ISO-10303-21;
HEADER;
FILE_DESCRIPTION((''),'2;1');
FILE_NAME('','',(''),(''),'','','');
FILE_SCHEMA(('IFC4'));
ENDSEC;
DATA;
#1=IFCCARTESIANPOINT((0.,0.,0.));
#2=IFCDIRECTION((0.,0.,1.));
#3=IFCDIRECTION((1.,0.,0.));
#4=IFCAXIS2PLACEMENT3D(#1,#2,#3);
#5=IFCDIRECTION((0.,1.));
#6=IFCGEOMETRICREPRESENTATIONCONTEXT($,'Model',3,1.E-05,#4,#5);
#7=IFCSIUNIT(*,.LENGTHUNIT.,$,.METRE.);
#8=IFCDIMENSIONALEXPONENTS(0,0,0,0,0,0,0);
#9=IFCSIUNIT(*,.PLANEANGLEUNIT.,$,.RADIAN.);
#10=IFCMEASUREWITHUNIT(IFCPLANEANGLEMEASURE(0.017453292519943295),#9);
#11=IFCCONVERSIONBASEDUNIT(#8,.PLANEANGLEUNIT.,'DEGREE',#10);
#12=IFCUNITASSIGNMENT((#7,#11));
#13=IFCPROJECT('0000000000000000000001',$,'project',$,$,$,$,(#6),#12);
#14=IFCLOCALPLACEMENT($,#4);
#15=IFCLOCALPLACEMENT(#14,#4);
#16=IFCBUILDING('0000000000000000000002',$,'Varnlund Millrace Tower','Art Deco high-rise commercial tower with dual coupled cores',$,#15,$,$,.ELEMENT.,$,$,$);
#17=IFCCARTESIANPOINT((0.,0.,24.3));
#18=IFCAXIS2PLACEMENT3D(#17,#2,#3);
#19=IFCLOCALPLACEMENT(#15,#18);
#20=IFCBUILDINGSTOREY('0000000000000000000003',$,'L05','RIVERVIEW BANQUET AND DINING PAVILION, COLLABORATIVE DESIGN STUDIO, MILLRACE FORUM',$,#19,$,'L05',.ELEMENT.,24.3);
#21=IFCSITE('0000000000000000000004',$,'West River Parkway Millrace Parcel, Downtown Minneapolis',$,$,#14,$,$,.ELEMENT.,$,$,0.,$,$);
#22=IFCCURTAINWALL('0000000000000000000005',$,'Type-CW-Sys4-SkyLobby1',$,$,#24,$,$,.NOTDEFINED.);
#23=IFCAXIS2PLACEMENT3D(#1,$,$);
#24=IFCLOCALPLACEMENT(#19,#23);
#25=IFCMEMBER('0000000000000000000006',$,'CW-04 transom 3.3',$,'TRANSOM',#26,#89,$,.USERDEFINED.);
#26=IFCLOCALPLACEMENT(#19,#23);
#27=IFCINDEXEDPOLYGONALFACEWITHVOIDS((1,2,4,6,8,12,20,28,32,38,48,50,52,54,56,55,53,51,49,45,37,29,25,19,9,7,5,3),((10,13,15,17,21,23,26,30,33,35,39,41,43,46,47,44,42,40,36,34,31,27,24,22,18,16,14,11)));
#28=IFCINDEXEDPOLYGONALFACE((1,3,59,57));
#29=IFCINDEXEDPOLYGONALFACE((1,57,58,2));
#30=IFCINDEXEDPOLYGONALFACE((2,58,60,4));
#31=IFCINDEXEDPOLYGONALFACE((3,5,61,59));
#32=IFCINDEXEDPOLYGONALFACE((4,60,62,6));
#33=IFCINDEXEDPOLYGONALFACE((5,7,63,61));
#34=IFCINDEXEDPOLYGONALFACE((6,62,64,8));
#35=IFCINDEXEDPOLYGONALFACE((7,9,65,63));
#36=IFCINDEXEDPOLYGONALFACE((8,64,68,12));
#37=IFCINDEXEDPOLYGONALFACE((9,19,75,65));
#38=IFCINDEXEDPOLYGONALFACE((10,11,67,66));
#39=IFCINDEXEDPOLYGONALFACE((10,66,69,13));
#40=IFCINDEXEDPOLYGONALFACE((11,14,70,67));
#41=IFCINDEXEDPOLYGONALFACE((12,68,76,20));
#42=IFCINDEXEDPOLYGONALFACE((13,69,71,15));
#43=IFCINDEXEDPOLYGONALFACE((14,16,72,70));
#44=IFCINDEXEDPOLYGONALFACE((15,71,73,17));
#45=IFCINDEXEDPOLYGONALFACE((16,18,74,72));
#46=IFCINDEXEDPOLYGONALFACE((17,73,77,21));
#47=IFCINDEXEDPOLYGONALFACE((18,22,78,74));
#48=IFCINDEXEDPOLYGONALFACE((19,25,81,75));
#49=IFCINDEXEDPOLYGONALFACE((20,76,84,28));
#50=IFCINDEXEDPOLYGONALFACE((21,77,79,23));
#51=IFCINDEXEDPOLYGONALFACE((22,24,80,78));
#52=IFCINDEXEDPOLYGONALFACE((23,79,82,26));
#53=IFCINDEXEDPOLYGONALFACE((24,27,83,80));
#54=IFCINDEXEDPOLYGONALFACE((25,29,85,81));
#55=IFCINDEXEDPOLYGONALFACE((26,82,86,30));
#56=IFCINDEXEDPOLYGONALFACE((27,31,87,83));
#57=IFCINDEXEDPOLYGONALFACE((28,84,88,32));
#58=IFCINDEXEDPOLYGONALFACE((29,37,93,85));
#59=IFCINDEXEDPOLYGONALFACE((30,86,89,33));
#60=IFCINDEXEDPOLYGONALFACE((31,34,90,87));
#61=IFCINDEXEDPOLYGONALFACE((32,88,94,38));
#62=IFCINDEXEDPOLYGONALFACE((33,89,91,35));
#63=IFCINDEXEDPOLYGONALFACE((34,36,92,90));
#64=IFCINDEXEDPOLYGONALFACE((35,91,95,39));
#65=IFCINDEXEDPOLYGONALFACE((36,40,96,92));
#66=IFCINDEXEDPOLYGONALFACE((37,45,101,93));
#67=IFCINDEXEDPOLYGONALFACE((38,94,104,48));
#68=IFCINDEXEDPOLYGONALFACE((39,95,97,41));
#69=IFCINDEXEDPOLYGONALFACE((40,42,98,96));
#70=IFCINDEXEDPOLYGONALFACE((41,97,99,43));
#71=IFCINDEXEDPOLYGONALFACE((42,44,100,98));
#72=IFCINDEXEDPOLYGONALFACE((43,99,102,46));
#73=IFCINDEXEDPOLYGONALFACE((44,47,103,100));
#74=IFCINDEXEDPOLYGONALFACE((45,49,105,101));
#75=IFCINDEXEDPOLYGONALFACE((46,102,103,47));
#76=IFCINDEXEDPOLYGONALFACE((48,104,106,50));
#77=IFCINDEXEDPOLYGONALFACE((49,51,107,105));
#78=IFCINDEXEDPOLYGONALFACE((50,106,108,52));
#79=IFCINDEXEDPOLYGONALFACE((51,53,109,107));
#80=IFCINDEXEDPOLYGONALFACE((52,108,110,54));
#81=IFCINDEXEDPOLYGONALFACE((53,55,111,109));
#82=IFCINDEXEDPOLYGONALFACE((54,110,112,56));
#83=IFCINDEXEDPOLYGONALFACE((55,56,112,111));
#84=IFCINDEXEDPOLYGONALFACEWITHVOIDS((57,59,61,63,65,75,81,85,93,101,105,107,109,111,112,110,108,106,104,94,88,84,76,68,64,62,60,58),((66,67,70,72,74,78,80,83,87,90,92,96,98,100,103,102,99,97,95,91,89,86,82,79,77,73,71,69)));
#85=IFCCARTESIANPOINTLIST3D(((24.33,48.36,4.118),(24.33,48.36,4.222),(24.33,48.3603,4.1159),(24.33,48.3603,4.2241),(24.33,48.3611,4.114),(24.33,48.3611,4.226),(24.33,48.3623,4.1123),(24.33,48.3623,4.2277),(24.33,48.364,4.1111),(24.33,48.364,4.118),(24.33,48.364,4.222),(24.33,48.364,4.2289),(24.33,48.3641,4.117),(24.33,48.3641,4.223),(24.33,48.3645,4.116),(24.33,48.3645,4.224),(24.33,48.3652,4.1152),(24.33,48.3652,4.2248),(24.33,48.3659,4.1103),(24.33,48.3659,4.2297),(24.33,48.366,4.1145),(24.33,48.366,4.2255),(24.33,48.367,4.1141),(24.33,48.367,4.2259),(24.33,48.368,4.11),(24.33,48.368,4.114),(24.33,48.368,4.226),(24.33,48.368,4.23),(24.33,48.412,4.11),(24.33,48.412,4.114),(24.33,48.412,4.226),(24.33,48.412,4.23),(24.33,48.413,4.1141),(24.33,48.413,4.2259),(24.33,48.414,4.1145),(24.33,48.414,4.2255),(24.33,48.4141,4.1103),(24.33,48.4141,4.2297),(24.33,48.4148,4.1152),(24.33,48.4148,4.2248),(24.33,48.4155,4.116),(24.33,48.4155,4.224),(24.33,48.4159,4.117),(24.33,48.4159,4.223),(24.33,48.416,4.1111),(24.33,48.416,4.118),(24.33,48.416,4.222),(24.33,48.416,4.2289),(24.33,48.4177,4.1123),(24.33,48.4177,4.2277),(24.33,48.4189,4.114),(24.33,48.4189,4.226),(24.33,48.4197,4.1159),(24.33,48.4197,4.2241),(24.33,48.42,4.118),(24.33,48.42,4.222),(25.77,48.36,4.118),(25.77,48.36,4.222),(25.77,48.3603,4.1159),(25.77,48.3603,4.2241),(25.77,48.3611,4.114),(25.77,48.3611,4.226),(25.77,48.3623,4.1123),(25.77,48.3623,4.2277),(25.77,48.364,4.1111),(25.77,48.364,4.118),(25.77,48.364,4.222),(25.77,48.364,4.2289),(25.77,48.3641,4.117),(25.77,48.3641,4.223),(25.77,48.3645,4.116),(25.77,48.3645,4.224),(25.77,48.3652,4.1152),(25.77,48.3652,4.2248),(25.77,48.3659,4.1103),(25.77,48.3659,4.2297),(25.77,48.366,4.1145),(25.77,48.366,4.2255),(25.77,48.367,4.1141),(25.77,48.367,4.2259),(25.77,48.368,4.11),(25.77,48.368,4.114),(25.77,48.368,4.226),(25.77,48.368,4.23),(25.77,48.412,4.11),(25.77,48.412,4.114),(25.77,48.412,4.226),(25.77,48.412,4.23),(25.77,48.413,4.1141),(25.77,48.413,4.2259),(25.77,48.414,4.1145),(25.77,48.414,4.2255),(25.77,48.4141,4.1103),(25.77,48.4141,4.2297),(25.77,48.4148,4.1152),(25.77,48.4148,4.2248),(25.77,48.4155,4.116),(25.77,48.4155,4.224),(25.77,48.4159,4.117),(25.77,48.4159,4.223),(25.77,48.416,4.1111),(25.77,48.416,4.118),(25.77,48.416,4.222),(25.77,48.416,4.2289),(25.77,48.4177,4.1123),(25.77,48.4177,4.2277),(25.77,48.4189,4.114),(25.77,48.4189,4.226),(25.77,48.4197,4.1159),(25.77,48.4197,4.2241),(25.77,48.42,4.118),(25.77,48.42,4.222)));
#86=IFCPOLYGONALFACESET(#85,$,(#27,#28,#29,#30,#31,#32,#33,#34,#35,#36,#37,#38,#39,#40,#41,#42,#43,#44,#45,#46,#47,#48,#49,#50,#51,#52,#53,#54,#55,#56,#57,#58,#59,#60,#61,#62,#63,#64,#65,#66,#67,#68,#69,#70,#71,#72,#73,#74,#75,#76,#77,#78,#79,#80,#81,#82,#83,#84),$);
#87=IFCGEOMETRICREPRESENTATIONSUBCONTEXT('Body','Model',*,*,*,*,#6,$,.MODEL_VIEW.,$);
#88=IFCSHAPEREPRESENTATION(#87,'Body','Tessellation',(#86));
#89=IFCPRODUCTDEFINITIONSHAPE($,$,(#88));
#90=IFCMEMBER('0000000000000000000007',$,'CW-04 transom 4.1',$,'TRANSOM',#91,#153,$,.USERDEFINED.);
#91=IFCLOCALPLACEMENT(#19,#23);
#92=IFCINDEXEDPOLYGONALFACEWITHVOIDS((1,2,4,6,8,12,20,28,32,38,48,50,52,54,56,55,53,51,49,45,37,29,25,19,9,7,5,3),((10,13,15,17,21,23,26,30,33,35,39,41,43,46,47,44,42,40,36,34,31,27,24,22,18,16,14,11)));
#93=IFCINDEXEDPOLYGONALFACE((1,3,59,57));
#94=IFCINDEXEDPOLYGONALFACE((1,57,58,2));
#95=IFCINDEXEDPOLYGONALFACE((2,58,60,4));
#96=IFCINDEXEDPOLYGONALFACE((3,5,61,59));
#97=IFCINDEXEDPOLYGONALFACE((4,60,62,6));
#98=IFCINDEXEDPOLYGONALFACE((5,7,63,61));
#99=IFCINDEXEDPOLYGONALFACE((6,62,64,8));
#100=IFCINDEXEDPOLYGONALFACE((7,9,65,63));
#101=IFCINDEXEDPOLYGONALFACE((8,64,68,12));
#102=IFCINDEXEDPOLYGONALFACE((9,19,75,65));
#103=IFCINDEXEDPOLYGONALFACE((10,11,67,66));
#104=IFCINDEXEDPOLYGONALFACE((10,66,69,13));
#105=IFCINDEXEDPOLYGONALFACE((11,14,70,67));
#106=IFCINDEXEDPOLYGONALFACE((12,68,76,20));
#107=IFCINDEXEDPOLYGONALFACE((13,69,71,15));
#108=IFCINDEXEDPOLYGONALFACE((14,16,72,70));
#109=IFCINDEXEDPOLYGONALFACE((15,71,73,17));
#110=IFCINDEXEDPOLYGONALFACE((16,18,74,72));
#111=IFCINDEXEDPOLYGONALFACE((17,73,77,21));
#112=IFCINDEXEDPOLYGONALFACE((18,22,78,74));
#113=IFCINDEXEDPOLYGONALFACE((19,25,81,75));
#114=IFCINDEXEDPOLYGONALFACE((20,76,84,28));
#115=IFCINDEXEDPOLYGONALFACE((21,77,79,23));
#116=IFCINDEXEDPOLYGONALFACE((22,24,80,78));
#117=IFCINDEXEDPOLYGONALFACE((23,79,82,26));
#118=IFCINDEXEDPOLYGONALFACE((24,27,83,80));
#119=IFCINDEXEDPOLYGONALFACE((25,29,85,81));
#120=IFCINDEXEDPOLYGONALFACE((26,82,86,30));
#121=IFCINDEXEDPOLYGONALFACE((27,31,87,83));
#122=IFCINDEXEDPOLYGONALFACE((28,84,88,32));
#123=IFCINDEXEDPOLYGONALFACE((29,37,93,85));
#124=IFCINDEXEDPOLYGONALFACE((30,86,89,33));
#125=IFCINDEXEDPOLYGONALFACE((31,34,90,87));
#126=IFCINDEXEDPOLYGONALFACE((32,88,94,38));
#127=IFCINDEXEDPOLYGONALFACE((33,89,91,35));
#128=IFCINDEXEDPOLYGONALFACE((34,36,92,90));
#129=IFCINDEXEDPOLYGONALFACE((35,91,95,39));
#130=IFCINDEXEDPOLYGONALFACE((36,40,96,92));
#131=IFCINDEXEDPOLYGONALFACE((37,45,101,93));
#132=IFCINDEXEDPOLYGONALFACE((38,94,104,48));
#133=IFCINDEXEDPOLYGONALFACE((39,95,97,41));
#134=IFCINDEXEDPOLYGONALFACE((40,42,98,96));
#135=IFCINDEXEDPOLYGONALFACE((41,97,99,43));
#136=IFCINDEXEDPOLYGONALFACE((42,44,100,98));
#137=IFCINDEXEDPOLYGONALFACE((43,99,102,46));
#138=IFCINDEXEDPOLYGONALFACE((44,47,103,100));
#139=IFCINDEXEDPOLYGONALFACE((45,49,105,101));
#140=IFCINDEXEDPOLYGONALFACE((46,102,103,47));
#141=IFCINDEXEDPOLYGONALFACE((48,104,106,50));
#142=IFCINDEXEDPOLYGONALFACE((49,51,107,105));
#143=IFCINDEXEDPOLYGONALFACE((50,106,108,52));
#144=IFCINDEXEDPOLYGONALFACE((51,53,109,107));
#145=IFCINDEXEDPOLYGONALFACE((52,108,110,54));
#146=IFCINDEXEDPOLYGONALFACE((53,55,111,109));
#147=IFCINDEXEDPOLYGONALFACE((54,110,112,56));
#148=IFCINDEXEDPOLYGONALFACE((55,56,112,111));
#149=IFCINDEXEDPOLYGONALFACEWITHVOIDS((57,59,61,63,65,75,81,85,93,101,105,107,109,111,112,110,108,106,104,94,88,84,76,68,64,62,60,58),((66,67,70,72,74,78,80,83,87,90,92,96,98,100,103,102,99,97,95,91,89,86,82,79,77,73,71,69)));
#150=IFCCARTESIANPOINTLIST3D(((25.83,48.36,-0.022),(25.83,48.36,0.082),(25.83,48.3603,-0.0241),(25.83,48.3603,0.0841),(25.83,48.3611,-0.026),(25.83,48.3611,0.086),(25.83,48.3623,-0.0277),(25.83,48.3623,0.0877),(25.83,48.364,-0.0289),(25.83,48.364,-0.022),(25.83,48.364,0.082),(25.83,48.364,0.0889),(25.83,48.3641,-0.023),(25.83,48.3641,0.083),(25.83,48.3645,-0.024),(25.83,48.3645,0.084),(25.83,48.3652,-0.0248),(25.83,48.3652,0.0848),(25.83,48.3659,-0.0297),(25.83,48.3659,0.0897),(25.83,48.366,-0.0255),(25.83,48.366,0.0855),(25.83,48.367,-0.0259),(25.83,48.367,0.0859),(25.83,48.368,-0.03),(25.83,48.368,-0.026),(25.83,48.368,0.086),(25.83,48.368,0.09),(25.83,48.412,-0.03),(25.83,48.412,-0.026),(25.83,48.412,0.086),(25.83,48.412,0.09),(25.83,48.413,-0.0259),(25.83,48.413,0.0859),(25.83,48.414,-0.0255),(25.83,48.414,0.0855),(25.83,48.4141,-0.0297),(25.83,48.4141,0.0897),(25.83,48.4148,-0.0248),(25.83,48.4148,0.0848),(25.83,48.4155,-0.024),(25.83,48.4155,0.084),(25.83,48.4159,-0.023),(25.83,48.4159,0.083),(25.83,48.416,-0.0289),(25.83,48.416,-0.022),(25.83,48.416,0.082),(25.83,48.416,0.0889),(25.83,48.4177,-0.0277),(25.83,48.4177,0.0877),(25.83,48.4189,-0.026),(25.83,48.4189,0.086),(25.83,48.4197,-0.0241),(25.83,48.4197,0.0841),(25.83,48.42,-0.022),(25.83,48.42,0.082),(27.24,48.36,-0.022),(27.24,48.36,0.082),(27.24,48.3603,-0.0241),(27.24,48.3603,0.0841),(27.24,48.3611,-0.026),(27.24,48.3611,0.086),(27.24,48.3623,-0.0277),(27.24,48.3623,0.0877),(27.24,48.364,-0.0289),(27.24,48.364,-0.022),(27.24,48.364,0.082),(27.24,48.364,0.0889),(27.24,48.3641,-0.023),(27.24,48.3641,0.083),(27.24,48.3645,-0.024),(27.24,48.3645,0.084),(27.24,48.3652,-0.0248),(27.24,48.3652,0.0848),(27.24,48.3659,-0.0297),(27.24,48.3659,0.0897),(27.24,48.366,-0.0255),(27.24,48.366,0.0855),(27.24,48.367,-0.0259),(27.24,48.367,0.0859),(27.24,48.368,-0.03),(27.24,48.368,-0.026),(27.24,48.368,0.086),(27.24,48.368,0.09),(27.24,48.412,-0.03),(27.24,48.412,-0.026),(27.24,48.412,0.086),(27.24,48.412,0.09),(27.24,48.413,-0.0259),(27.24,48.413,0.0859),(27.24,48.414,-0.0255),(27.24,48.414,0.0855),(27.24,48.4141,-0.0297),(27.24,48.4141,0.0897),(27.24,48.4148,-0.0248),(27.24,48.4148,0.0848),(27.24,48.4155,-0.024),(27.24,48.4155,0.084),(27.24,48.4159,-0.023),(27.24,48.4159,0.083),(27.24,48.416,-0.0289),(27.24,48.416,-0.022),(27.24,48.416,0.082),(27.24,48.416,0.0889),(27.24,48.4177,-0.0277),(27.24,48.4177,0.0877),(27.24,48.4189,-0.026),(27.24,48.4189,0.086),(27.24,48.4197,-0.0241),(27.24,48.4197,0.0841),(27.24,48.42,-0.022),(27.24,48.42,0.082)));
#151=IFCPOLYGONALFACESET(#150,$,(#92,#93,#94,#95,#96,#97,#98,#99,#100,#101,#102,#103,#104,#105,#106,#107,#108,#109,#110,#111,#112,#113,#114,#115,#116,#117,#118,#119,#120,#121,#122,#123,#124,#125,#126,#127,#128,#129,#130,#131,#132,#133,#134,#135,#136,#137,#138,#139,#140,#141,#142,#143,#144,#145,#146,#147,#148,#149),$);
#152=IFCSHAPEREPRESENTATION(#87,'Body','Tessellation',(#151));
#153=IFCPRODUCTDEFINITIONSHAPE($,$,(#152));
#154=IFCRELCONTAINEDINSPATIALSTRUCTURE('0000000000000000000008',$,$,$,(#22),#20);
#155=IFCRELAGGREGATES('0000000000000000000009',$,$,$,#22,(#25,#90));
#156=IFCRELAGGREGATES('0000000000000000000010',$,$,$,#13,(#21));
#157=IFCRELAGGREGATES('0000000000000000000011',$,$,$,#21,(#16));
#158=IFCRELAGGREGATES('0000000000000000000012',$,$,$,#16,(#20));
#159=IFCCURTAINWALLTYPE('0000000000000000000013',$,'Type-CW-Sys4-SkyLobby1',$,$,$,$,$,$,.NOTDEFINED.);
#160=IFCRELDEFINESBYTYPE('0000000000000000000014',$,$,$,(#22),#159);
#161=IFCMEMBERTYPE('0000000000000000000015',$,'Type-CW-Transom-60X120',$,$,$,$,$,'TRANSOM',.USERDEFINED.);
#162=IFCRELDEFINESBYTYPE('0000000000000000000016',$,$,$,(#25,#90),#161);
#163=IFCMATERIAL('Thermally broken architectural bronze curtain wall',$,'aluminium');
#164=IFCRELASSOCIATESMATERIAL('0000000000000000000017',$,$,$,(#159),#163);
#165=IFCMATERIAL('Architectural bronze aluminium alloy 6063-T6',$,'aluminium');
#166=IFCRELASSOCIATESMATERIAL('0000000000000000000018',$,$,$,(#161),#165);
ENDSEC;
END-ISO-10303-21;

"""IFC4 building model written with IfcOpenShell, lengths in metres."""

from ifc_helpers import new_model, entity, si_unit, converted_unit, direction, frame, origin_with_axes, origin_2d_with_axis, place, context, subcontext, project, spatial, hollow_rectangle, extrude, material, material_profile, profile_set, type_object, element, aggregate, save


model = new_model("IFC4")

# Units and contexts
model_context = context("Model", 3, precision=1e-05, world=origin_with_axes(), true_north=direction((0.0, 1.0)))
body_context = subcontext(model_context, "Body", "Model", "MODEL_VIEW")
ifc_project = project(units=[si_unit("LENGTHUNIT", "METRE"), converted_unit("PLANEANGLEUNIT", "DEGREE", entity("IfcPlaneAngleMeasure", 0.017453292519943295), si_unit("PLANEANGLEUNIT", "RADIAN"), dimensions=[0, 0, 0, 0, 0, 0, 0])], contexts=[model_context])

# Site, building, storey
site_placement = place(None, origin_with_axes())
site = spatial("IfcSite", under=ifc_project, at=site_placement, Name="West River Parkway Millrace Parcel, Downtown Minneapolis", CompositionType="ELEMENT", RefElevation=0.0)
building_placement = place(site_placement, origin_with_axes())
building = spatial("IfcBuilding", under=site, at=building_placement, Name="Varnlund Millrace Tower", Description="Art Deco high-rise commercial tower with dual coupled cores", CompositionType="ELEMENT")
storey_placement = place(building_placement, frame((0.0, 0.0, 24.3), z_axis=(0.0, 0.0, 1.0), x_axis=(1.0, 0.0, 0.0)))
storey = spatial("IfcBuildingStorey", under=building, at=storey_placement, Name="L05", Description="RIVERVIEW BANQUET AND DINING PAVILION, COLLABORATIVE DESIGN STUDIO, MILLRACE FORUM", LongName="L05", CompositionType="ELEMENT", Elevation=24.3)

# Curtain wall, members
ifc_material_1 = material(Name="Thermally broken architectural bronze curtain wall", Category="aluminium")
curtain_wall_type = type_object("IfcCurtainWallType", Name="Type-CW-Sys4-SkyLobby1", PredefinedType="NOTDEFINED", material=ifc_material_1)
curtain_wall_placement = place(storey_placement, frame((21.3, 48.39, 0.0), z_axis=(0.0, 0.0, 1.0), x_axis=(1.0, 0.0, 0.0)))
curtain_wall = element("IfcCurtainWall", 1, at=curtain_wall_placement, inside=storey, type_object=curtain_wall_type, Name="Type-CW-Sys4-SkyLobby1", PredefinedType="NOTDEFINED")
ifc_material_2 = material(Name="Architectural bronze aluminium alloy 6063-T6", Category="aluminium")
ifc_material_profile_1 = material_profile(ifc_material_2, hollow_rectangle(XDim=0.06, YDim=0.12, WallThickness=0.004, InnerFilletRadius=0.004, OuterFilletRadius=0.008, at=origin_2d_with_axis()), Name="Architectural bronze aluminium alloy 6063-T6")
ifc_profile_set_1 = profile_set([ifc_material_profile_1], Name="Architectural bronze aluminium alloy 6063-T6")
member_type_1 = type_object("IfcMemberType", Name="Type-CW-Transom-60X120", ElementType="TRANSOM", PredefinedType="USERDEFINED", material=ifc_profile_set_1)
member_1_placement = place(storey_placement, frame((24.33, 48.39, 4.17), z_axis=(1.0, 0.0, 0.0), x_axis=(0.0, 1.0, 0.0)))
member_1 = element("IfcMember", 2, at=member_1_placement, type_object=member_type_1, Name="CW-04 transom 3.3", ObjectType="TRANSOM", PredefinedType="USERDEFINED", context=body_context, shape_type="SweptSolid", body=[
    extrude(hollow_rectangle(XDim=0.06, YDim=0.12, WallThickness=0.004, InnerFilletRadius=0.004, OuterFilletRadius=0.008, at=origin_2d_with_axis()), origin_with_axes(), (0.0, 0.0, 1.0), 1.44),
])
member_2_placement = place(storey_placement, frame((25.83, 48.39, 0.03), z_axis=(1.0, 0.0, 0.0), x_axis=(0.0, 1.0, 0.0)))
member_2 = element("IfcMember", 3, at=member_2_placement, type_object=member_type_1, Name="CW-04 transom 4.1", ObjectType="TRANSOM", PredefinedType="USERDEFINED", context=body_context, shape_type="SweptSolid", body=[
    extrude(hollow_rectangle(XDim=0.06, YDim=0.12, WallThickness=0.004, InnerFilletRadius=0.004, OuterFilletRadius=0.008, at=origin_2d_with_axis()), origin_with_axes(), (0.0, 0.0, 1.0), 1.41),
])
aggregate(curtain_wall, [member_1, member_2])

save(model, "model.ifc")
